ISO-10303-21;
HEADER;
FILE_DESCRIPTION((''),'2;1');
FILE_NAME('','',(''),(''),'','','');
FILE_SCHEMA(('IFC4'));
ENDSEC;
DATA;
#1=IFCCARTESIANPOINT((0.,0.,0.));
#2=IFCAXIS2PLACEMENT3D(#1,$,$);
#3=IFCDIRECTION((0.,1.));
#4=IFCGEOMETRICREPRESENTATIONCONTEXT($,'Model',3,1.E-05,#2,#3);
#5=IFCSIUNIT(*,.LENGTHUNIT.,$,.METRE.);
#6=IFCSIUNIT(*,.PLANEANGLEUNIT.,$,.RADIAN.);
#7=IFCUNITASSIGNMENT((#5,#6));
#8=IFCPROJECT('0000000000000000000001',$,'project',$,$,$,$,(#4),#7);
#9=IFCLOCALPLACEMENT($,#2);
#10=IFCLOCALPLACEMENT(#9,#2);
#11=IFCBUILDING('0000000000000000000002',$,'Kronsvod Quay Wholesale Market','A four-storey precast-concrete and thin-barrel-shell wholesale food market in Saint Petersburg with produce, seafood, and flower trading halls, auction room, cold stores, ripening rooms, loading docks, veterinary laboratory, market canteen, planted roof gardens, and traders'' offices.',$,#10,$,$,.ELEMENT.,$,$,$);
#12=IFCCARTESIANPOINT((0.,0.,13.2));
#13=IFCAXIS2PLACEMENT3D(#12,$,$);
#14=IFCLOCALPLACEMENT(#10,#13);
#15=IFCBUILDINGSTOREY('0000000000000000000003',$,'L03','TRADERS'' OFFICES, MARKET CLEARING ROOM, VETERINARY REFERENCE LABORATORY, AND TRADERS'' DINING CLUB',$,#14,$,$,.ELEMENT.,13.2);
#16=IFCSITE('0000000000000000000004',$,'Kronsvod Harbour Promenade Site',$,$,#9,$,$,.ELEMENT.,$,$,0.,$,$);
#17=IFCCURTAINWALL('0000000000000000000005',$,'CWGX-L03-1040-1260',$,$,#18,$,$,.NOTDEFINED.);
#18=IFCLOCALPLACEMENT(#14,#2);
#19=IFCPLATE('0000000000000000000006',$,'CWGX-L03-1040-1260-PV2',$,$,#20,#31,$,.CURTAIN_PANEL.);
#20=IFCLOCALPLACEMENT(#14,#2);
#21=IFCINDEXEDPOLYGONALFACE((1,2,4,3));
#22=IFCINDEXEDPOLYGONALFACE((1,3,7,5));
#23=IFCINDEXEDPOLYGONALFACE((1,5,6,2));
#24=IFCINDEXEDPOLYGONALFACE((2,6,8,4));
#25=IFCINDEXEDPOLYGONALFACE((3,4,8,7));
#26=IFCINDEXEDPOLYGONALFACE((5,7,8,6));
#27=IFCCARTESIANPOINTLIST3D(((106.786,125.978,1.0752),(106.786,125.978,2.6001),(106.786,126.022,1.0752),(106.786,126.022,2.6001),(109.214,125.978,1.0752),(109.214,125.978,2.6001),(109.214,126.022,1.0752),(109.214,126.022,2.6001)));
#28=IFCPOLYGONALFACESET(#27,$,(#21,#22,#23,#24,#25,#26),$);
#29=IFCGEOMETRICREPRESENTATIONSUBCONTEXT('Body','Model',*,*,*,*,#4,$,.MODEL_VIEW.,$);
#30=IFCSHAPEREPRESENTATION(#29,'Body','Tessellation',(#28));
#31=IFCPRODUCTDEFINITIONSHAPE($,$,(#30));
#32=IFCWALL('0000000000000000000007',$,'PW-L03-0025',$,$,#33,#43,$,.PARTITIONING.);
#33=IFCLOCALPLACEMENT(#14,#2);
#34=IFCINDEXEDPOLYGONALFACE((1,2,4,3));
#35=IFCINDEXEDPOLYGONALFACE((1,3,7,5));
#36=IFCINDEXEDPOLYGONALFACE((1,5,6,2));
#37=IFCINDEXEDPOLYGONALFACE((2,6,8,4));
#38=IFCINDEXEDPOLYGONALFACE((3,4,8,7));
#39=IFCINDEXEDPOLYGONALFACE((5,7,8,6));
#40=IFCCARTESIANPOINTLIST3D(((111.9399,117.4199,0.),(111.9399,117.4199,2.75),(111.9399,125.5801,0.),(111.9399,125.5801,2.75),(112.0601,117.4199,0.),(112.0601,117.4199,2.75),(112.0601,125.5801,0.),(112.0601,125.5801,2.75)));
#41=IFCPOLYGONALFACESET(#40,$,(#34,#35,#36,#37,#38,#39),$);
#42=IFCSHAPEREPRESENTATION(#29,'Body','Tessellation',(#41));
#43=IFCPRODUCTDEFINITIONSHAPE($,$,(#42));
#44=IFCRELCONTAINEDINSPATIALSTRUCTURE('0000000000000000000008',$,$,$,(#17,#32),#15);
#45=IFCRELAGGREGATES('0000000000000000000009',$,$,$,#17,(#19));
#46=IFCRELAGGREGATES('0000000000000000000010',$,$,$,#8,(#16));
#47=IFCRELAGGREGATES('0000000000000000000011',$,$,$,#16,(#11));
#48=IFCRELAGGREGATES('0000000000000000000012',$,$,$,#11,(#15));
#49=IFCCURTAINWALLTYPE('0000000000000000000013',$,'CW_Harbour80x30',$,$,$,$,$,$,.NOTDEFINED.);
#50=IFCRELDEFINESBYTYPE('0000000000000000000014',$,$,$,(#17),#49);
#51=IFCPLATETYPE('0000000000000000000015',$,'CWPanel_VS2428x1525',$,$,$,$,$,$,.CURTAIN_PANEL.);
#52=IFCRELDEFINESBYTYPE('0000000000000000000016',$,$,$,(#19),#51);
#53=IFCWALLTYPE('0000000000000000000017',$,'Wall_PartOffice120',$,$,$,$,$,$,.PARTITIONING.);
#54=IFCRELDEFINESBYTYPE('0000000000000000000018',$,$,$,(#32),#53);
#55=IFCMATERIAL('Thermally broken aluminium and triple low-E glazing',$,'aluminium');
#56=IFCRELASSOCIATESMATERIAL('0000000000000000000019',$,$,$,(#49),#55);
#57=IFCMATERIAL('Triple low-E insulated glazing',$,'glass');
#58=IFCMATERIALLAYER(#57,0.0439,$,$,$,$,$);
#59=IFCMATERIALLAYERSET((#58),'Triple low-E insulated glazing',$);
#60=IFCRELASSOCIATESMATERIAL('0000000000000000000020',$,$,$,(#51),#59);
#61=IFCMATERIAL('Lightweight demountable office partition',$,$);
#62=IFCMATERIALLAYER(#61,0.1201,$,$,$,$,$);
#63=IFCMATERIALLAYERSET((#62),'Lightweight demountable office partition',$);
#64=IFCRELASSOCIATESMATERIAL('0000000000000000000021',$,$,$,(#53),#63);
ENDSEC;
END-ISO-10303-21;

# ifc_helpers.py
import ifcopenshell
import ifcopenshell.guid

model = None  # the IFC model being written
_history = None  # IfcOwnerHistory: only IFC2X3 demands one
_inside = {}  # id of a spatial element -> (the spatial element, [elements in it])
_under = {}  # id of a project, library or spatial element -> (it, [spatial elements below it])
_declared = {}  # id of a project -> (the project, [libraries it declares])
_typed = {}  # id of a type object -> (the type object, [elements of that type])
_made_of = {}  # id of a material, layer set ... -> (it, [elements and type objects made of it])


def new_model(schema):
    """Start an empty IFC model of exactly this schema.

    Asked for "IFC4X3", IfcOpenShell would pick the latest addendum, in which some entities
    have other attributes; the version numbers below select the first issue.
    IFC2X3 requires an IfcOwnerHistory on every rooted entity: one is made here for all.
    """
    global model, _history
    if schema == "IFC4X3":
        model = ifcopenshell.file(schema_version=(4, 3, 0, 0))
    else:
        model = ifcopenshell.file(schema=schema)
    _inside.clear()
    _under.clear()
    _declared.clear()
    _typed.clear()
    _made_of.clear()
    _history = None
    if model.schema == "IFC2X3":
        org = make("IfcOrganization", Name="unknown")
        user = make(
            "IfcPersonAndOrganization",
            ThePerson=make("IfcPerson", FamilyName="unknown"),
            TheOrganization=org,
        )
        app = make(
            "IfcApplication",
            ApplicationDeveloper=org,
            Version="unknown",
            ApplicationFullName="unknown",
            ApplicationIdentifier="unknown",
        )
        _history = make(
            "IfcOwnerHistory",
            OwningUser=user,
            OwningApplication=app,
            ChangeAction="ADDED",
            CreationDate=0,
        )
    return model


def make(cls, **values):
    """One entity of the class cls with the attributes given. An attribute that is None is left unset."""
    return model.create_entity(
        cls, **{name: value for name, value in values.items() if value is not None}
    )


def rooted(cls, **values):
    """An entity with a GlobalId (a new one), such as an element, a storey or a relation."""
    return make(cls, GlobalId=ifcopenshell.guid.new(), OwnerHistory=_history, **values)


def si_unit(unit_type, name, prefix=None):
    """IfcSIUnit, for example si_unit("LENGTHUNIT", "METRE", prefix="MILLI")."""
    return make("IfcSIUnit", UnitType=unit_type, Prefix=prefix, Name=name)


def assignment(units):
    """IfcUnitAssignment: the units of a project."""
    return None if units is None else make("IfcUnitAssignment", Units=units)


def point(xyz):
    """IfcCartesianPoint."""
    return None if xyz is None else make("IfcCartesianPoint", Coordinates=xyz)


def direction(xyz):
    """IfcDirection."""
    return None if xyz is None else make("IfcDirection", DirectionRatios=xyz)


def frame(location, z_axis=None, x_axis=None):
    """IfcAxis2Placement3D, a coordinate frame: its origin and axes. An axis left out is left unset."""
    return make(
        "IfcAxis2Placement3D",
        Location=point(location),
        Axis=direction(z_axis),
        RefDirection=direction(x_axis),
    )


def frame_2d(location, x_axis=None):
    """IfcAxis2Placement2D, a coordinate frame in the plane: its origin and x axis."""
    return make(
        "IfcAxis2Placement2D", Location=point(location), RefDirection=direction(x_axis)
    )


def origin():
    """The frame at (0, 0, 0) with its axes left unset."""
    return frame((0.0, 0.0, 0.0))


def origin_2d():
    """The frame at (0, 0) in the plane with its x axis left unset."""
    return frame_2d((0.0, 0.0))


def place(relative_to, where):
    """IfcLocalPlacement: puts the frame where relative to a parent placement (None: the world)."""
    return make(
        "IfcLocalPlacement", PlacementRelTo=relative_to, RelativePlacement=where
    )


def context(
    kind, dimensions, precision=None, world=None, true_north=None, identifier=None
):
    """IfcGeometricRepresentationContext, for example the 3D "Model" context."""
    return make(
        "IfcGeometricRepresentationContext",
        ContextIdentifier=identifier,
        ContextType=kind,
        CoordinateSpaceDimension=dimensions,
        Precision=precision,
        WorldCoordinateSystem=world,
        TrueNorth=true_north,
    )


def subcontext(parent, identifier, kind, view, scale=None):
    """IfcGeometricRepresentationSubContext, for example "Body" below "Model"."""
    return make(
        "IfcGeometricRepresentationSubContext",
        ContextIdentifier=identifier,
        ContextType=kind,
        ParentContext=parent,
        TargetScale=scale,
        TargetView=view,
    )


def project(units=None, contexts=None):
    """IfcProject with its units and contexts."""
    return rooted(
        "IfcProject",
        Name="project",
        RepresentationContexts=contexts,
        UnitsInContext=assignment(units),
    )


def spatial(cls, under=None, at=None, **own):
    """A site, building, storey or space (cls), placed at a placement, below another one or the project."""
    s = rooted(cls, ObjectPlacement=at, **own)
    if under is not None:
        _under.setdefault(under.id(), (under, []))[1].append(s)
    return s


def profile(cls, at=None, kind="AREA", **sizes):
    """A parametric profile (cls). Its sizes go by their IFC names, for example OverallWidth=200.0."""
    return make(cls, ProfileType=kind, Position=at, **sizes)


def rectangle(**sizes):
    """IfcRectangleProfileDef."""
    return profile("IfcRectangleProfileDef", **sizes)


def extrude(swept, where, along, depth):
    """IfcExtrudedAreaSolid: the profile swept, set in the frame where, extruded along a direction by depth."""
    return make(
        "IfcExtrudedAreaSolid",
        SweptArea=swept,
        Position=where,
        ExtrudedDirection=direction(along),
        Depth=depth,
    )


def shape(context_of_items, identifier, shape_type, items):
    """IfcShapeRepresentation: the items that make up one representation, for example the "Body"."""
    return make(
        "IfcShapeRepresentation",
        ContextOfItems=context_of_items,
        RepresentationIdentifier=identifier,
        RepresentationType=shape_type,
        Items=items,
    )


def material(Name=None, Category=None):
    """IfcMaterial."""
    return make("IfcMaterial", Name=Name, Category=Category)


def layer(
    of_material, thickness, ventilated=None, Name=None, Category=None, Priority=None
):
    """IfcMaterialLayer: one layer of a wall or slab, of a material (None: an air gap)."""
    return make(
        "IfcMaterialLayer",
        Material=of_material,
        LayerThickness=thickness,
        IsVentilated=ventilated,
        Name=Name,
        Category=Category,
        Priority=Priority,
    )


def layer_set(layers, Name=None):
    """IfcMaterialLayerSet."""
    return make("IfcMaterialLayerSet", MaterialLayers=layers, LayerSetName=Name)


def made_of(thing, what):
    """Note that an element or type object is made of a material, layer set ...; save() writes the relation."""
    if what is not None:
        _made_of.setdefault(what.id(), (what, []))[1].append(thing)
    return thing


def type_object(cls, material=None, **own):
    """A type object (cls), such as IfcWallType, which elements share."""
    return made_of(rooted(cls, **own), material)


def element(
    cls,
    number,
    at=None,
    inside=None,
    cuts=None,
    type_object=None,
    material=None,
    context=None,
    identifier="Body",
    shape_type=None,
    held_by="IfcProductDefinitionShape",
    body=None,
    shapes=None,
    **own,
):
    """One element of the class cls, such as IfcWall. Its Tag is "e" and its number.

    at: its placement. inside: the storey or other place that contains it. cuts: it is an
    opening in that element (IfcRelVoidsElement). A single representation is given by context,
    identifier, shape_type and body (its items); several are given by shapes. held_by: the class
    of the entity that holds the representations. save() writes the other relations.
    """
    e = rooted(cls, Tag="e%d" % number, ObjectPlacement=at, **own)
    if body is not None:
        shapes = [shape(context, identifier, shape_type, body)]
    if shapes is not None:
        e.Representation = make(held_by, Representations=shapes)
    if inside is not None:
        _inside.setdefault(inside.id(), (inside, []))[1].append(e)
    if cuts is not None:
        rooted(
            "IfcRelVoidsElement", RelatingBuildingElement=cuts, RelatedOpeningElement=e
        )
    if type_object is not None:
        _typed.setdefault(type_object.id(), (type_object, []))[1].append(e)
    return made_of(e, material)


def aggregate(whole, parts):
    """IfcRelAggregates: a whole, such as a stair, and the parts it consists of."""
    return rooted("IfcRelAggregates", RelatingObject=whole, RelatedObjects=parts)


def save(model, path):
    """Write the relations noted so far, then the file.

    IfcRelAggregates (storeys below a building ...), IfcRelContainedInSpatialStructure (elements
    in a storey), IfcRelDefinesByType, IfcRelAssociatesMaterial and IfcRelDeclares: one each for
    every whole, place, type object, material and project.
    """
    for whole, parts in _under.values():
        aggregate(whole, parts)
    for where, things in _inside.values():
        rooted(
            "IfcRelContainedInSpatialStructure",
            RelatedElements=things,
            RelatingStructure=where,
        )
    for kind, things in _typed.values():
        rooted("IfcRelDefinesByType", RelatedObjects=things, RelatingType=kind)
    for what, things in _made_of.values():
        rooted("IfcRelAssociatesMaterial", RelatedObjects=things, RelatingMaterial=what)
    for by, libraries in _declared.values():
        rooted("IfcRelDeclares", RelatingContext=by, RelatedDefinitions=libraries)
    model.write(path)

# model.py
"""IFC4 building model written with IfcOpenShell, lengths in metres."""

from ifc_helpers import new_model, si_unit, direction, frame, frame_2d, origin, origin_2d, place, context, subcontext, project, spatial, rectangle, extrude, material, layer, layer_set, type_object, element, aggregate, save


model = new_model("IFC4")

# Units and contexts
model_context = context("Model", 3, precision=1e-05, world=origin(), true_north=direction((0.0, 1.0)))
body_context = subcontext(model_context, "Body", "Model", "MODEL_VIEW")
ifc_project = project(units=[si_unit("LENGTHUNIT", "METRE"), si_unit("PLANEANGLEUNIT", "RADIAN")], contexts=[model_context])

# Site, building, storey
site_placement = place(None, origin())
site = spatial("IfcSite", under=ifc_project, at=site_placement, Name="Kronsvod Harbour Promenade Site", CompositionType="ELEMENT", RefElevation=0.0)
building_placement = place(site_placement, origin())
building = spatial("IfcBuilding", under=site, at=building_placement, Name="Kronsvod Quay Wholesale Market", Description="A four-storey precast-concrete and thin-barrel-shell wholesale food market in Saint Petersburg with produce, seafood, and flower trading halls, auction room, cold stores, ripening rooms, loading docks, veterinary laboratory, market canteen, planted roof gardens, and traders' offices.", CompositionType="ELEMENT")
storey_placement = place(building_placement, frame((0.0, 0.0, 13.2)))
storey = spatial("IfcBuildingStorey", under=building, at=storey_placement, Name="L03", Description="TRADERS' OFFICES, MARKET CLEARING ROOM, VETERINARY REFERENCE LABORATORY, AND TRADERS' DINING CLUB", CompositionType="ELEMENT", Elevation=13.2)

# Curtain wall, plate
ifc_material_1 = material(Name="Thermally broken aluminium and triple low-E glazing", Category="aluminium")
curtain_wall_type = type_object("IfcCurtainWallType", Name="CW_Harbour80x30", PredefinedType="NOTDEFINED", material=ifc_material_1)
curtain_wall_placement = place(storey_placement, origin())
curtain_wall = element("IfcCurtainWall", 1, at=curtain_wall_placement, inside=storey, type_object=curtain_wall_type, Name="CWGX-L03-1040-1260", PredefinedType="NOTDEFINED")
ifc_material_2 = material(Name="Triple low-E insulated glazing", Category="glass")
ifc_layer_1 = layer(ifc_material_2, 0.0439)
ifc_layer_set_1 = layer_set([ifc_layer_1], Name="Triple low-E insulated glazing")
plate_type_1 = type_object("IfcPlateType", Name="CWPanel_VS2428x1525", PredefinedType="CURTAIN_PANEL", material=ifc_layer_set_1)
plate_1_placement = place(storey_placement, frame((108.0, 126.0, 1.0752), z_axis=(0.0, 0.0, 1.0), x_axis=(-1.0, 0.0, 0.0)))
plate_1 = element("IfcPlate", 2, at=plate_1_placement, type_object=plate_type_1, Name="CWGX-L03-1040-1260-PV2", PredefinedType="CURTAIN_PANEL", context=body_context, shape_type="SweptSolid", body=[
    extrude(rectangle(XDim=2.428, YDim=0.0439, at=origin_2d()), origin(), (0.0, 0.0, 1.0), 1.5249),
])
aggregate(curtain_wall, [plate_1])

# Wall
ifc_material_3 = material(Name="Lightweight demountable office partition")
ifc_layer_2 = layer(ifc_material_3, 0.1201)
ifc_layer_set_2 = layer_set([ifc_layer_2], Name="Lightweight demountable office partition")
wall_type = type_object("IfcWallType", Name="Wall_PartOffice120", PredefinedType="PARTITIONING", material=ifc_layer_set_2)
wall_placement = place(storey_placement, frame((112.0, 117.4199, 0.0), z_axis=(0.0, 0.0, 1.0), x_axis=(0.0, 1.0, 0.0)))
element("IfcWall", 3, at=wall_placement, inside=storey, type_object=wall_type, Name="PW-L03-0025", PredefinedType="PARTITIONING", context=body_context, shape_type="SweptSolid", body=[
    extrude(rectangle(XDim=8.1602, YDim=0.1201, at=frame_2d((4.0801, 0.0))), origin(), (0.0, 0.0, 1.0), 2.75),
])

save(model, "model.ifc")
